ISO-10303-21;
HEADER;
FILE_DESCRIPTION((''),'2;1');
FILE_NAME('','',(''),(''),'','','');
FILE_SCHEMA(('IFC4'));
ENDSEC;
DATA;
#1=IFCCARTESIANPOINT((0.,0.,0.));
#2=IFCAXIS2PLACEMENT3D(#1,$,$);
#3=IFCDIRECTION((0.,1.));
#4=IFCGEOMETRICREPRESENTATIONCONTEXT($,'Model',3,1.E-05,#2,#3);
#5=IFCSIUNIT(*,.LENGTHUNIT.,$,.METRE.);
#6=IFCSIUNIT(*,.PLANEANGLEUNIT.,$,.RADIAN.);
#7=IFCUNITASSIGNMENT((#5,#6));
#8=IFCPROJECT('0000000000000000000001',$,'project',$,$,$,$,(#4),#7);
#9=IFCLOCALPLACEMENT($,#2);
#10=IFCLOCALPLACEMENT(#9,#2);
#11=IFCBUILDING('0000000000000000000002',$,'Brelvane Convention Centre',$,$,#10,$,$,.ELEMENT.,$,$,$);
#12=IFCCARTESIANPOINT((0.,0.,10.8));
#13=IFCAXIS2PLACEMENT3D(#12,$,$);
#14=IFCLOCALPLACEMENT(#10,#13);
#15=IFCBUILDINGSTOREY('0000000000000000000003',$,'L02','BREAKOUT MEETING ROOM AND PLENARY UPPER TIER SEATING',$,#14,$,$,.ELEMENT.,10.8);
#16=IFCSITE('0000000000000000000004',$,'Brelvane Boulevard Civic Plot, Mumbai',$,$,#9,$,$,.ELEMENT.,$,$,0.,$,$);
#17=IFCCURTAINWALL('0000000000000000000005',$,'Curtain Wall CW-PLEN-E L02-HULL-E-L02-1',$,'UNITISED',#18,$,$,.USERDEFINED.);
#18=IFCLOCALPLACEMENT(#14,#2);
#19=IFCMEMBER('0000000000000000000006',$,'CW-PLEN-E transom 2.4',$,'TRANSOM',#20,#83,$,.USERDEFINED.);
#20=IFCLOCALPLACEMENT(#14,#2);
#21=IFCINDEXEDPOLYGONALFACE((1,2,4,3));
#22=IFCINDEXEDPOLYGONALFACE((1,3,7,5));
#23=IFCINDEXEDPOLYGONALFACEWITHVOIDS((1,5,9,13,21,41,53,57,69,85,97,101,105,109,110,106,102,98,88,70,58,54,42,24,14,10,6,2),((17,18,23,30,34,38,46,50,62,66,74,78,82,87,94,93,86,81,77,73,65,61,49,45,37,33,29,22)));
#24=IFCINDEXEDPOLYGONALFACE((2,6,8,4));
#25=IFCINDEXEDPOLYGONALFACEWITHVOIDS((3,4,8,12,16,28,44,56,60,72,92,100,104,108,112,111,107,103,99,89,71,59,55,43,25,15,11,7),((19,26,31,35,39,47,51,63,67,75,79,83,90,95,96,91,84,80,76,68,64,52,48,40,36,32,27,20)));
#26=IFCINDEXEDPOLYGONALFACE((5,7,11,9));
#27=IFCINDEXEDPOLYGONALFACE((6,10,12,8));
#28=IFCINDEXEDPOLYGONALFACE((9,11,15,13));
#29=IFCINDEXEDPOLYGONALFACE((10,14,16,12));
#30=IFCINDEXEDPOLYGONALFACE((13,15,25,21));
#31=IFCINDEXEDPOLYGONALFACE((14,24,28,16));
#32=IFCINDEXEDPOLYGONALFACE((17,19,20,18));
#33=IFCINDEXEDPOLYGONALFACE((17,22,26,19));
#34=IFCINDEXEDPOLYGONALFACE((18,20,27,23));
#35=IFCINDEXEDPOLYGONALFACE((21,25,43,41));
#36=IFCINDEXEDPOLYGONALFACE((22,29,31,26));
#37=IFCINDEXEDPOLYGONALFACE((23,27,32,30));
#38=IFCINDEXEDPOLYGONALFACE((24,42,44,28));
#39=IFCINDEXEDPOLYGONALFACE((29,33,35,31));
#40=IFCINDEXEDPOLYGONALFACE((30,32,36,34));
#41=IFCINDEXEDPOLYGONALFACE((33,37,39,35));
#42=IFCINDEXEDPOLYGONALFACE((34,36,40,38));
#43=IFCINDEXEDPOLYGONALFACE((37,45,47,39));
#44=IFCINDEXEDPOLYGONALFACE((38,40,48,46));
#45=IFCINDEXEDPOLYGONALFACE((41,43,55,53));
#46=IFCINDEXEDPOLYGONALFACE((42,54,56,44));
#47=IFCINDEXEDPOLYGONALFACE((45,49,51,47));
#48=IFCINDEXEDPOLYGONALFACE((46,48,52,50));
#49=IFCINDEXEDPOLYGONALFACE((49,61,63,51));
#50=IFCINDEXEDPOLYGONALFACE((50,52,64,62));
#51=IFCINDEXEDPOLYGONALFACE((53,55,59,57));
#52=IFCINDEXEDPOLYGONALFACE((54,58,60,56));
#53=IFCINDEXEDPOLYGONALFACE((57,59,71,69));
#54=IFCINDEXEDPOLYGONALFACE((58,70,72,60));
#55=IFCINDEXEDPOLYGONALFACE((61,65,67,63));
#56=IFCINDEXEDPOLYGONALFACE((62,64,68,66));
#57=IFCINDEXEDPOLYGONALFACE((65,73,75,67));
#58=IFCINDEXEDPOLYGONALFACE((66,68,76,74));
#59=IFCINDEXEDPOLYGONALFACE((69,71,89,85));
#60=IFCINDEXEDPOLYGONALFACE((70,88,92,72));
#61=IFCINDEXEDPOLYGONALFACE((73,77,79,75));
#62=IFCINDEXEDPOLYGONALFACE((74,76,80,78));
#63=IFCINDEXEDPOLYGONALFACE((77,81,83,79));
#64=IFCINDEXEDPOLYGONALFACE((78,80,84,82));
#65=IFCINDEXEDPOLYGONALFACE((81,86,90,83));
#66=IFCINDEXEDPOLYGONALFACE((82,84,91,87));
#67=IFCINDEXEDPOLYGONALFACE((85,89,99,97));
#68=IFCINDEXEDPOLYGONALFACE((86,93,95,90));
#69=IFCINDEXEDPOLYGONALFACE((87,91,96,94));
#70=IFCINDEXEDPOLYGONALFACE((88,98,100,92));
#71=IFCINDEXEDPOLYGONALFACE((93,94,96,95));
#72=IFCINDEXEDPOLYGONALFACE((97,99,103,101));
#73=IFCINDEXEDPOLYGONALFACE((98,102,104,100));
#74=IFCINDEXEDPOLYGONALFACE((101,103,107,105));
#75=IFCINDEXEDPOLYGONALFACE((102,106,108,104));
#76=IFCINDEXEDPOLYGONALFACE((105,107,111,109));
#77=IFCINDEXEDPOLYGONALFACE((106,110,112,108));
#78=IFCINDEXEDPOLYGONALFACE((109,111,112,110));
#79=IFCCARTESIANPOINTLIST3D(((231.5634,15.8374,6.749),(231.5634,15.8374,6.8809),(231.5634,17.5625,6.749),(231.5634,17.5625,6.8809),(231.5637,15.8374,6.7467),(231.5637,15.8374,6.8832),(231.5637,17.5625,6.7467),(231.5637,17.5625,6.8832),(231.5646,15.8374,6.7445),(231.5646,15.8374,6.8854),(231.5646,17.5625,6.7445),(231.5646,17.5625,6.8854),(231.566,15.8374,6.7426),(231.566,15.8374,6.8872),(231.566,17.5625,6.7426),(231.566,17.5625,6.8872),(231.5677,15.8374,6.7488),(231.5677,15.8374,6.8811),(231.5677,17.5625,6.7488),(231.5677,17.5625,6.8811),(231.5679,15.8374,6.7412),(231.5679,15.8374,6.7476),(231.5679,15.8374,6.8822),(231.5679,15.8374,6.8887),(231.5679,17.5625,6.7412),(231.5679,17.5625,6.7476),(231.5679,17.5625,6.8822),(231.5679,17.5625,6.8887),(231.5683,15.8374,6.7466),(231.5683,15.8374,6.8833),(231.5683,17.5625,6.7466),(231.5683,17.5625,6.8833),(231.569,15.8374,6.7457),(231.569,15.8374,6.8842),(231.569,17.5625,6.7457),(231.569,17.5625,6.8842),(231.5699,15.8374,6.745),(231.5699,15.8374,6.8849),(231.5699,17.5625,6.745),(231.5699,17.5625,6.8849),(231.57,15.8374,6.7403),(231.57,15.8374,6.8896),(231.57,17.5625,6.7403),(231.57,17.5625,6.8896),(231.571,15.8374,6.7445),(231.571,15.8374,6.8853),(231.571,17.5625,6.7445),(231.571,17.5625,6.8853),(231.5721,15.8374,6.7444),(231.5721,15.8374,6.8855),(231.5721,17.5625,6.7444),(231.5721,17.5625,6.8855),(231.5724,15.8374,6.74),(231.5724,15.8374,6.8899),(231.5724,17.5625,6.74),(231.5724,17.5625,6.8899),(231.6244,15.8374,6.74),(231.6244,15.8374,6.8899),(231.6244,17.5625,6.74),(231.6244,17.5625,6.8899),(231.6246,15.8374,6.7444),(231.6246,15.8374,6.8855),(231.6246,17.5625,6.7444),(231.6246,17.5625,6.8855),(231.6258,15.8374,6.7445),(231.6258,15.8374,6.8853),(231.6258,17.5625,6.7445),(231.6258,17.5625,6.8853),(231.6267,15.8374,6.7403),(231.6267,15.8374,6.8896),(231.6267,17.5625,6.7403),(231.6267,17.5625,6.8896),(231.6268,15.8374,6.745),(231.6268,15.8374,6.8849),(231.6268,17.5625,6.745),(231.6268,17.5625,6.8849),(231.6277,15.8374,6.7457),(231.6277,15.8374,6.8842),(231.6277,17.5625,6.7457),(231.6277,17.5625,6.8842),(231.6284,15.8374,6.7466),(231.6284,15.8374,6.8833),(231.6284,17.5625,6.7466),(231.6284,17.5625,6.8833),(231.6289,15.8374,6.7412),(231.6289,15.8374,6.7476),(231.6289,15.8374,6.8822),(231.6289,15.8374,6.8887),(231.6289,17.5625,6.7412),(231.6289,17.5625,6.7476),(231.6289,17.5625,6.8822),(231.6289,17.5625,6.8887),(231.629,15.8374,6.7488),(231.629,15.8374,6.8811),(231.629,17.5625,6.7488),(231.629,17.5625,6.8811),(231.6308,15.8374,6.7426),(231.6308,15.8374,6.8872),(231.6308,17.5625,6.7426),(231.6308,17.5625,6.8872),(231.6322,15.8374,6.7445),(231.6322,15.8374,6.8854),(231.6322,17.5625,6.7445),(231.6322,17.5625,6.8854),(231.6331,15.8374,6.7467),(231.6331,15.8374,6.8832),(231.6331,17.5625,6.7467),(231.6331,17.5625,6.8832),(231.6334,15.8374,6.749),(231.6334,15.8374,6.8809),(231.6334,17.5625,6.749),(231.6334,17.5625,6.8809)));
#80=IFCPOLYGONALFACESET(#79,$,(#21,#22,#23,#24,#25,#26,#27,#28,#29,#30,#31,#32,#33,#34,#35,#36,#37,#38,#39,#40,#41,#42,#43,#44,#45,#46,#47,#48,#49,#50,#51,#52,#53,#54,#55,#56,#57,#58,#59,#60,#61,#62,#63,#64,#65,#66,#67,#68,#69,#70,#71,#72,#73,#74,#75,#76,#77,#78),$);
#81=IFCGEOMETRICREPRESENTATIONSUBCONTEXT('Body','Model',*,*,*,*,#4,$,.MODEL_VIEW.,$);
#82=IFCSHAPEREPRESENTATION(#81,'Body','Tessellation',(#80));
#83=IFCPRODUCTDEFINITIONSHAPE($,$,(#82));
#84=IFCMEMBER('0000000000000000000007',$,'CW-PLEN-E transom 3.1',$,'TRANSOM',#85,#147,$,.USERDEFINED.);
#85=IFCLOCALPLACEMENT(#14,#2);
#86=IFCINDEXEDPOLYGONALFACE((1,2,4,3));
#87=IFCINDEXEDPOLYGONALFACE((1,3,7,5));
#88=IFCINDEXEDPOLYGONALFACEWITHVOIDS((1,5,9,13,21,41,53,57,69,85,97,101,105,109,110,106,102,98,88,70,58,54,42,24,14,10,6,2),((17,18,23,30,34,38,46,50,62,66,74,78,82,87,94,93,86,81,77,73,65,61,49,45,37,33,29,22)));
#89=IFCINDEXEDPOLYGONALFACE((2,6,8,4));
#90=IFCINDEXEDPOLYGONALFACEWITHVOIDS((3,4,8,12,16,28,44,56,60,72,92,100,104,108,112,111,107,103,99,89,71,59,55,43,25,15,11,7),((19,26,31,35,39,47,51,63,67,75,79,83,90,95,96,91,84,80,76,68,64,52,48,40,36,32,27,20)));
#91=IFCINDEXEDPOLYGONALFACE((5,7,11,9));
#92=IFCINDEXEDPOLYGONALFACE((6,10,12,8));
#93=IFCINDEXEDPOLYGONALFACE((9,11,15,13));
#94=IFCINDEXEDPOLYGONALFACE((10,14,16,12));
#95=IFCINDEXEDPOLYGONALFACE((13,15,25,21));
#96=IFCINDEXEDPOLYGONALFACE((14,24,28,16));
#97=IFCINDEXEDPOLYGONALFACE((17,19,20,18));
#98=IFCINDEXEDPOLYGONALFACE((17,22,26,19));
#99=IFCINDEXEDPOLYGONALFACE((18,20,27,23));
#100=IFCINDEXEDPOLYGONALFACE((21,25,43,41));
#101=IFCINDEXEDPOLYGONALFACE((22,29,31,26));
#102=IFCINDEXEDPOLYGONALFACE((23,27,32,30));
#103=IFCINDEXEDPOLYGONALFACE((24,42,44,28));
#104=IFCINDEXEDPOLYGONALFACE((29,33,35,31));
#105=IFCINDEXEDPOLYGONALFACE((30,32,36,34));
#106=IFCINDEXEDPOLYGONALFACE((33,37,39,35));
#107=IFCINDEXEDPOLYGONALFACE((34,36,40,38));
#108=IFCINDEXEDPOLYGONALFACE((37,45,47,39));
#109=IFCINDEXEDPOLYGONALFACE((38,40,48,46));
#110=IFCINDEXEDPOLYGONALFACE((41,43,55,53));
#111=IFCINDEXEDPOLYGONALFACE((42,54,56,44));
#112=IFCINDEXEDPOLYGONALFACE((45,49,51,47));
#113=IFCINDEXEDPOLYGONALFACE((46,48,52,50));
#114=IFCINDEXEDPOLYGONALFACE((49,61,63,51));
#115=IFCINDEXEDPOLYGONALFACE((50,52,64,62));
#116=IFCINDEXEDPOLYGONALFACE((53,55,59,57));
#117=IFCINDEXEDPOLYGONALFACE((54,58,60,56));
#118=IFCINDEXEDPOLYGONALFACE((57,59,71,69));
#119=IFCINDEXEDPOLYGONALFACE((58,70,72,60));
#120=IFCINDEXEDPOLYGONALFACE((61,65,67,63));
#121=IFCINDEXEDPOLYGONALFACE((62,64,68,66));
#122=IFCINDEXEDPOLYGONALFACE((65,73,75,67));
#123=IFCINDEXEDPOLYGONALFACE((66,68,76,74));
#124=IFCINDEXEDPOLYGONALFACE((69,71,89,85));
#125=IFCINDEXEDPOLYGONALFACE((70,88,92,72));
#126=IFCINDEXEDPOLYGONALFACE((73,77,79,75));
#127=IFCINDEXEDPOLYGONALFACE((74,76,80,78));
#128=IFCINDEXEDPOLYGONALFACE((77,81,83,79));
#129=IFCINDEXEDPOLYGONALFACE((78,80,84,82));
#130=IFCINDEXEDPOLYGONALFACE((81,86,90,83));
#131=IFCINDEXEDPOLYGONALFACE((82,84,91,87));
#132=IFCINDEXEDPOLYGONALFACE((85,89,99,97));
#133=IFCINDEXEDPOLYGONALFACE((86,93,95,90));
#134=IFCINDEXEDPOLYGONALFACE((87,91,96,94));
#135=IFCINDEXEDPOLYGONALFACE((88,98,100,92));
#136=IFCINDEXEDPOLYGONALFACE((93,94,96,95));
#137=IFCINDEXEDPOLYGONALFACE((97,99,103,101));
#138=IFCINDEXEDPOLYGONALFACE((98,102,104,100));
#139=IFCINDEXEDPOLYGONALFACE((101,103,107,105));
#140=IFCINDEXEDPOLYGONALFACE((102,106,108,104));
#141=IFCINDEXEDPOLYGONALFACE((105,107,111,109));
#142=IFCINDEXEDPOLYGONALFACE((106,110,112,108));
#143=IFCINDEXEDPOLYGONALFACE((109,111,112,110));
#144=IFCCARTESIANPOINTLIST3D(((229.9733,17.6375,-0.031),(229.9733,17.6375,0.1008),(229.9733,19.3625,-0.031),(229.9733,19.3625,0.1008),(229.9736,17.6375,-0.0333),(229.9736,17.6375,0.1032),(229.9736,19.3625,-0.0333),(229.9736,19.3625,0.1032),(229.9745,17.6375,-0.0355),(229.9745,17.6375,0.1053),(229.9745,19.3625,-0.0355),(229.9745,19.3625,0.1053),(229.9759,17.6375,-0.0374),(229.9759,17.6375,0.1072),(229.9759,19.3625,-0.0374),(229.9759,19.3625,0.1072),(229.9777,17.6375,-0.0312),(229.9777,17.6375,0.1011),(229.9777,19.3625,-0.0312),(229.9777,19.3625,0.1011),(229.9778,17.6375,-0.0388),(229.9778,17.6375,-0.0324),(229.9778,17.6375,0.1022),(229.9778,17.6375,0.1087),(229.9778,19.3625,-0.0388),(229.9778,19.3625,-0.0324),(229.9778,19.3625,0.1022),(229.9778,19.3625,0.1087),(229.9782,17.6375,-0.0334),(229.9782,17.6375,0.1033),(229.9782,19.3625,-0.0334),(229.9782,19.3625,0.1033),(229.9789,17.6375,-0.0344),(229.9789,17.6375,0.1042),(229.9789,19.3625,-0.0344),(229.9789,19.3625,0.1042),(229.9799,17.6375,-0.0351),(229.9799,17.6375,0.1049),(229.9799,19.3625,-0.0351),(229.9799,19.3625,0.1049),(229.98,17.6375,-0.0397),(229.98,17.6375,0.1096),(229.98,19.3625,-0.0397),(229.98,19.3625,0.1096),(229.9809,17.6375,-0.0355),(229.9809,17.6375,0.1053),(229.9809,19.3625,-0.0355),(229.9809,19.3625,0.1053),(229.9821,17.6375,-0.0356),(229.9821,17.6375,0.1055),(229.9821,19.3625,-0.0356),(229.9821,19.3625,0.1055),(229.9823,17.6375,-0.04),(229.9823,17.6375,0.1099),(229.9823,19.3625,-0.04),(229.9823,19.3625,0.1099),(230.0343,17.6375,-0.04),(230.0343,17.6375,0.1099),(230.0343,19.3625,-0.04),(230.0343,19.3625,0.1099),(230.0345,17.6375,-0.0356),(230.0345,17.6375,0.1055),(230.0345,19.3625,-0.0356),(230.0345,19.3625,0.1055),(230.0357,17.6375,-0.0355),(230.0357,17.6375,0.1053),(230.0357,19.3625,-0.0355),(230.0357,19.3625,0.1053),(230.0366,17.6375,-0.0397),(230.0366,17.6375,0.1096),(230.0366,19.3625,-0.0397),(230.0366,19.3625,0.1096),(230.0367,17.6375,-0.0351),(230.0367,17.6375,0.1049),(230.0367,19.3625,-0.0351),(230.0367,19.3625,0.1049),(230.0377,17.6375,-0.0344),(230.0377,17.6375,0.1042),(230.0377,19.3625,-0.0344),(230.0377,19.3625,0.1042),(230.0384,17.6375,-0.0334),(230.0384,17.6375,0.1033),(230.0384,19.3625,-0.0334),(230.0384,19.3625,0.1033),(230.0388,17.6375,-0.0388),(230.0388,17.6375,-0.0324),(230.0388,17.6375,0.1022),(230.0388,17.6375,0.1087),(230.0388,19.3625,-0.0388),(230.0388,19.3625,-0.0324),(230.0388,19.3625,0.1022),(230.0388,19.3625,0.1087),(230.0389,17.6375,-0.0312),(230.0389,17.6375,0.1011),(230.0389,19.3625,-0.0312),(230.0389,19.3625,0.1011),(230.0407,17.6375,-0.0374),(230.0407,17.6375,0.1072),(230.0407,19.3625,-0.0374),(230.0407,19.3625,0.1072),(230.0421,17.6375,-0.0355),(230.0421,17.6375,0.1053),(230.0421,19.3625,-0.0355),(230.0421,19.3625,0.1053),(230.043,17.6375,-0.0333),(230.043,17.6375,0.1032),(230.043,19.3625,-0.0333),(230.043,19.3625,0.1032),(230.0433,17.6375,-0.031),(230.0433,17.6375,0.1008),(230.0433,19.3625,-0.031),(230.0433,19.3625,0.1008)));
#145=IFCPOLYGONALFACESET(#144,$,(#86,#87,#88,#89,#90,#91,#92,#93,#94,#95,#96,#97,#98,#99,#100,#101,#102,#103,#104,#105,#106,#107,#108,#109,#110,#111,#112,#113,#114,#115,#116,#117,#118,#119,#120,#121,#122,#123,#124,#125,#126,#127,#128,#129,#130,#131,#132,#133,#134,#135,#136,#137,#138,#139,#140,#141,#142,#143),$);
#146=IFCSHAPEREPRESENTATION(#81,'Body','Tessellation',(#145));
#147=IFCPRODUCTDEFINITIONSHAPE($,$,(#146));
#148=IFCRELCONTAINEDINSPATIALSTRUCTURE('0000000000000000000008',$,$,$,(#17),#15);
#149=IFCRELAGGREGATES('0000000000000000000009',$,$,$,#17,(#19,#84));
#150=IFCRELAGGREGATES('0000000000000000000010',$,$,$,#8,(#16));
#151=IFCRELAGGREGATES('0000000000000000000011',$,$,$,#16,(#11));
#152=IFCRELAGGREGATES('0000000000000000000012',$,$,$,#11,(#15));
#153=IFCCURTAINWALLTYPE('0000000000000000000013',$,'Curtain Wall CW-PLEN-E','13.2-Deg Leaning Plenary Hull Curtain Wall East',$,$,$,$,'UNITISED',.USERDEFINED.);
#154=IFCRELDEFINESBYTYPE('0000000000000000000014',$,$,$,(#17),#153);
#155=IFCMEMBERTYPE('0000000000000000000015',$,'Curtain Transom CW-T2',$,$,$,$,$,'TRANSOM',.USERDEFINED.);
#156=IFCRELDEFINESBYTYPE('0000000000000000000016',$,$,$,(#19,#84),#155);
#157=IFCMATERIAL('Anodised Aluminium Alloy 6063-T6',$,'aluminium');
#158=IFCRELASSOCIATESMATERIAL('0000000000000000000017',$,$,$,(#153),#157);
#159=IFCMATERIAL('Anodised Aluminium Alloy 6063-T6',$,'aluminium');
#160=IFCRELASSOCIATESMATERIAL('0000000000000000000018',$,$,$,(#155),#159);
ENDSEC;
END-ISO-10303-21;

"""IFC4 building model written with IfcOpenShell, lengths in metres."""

from ifc_helpers import new_model, si_unit, direction, frame, origin, origin_2d, place, context, subcontext, project, spatial, hollow_rectangle, extrude, material, material_profile, profile_set, type_object, element, aggregate, save


model = new_model("IFC4")

# Units and contexts
model_context = context("Model", 3, precision=1e-05, world=origin(), true_north=direction((0.0, 1.0)))
body_context = subcontext(model_context, "Body", "Model", "MODEL_VIEW")
ifc_project = project(units=[si_unit("LENGTHUNIT", "METRE"), si_unit("PLANEANGLEUNIT", "RADIAN")], contexts=[model_context])

# Site, building, storey
site_placement = place(None, origin())
site = spatial("IfcSite", under=ifc_project, at=site_placement, Name="Brelvane Boulevard Civic Plot, Mumbai", CompositionType="ELEMENT", RefElevation=0.0)
building_placement = place(site_placement, origin())
building = spatial("IfcBuilding", under=site, at=building_placement, Name="Brelvane Convention Centre", CompositionType="ELEMENT")
storey_placement = place(building_placement, frame((0.0, 0.0, 10.8)))
storey = spatial("IfcBuildingStorey", under=building, at=storey_placement, Name="L02", Description="BREAKOUT MEETING ROOM AND PLENARY UPPER TIER SEATING", CompositionType="ELEMENT", Elevation=10.8)

# Curtain wall, members
ifc_material_1 = material(Name="Anodised Aluminium Alloy 6063-T6", Category="aluminium")
curtain_wall_type = type_object("IfcCurtainWallType", Name="Curtain Wall CW-PLEN-E", Description="13.2-Deg Leaning Plenary Hull Curtain Wall East", ElementType="UNITISED", PredefinedType="USERDEFINED", material=ifc_material_1)
curtain_wall_placement = place(storey_placement, origin())
curtain_wall = element("IfcCurtainWall", 1, at=curtain_wall_placement, inside=storey, type_object=curtain_wall_type, Name="Curtain Wall CW-PLEN-E L02-HULL-E-L02-1", ObjectType="UNITISED", PredefinedType="USERDEFINED")
ifc_material_2 = material(Name="Anodised Aluminium Alloy 6063-T6", Category="aluminium")
ifc_material_profile_1 = material_profile(ifc_material_2, hollow_rectangle(XDim=0.0701, YDim=0.1499, WallThickness=0.0044, InnerFilletRadius=0.0044, OuterFilletRadius=0.009, at=origin_2d()), Name="ALU-T 150x70x4.5")
ifc_profile_set_1 = profile_set([ifc_material_profile_1], Name="Anodised Aluminium Alloy 6063-T6")
member_type_1 = type_object("IfcMemberType", Name="Curtain Transom CW-T2", ElementType="TRANSOM", PredefinedType="USERDEFINED", material=ifc_profile_set_1)
member_1_placement = place(storey_placement, frame((231.5984, 15.8374, 6.8149), z_axis=(0.0, 1.0, 0.0), x_axis=(-1.0, 0.0, 0.0)))
member_1 = element("IfcMember", 2, at=member_1_placement, type_object=member_type_1, Name="CW-PLEN-E transom 2.4", ObjectType="TRANSOM", PredefinedType="USERDEFINED", context=body_context, shape_type="SweptSolid", body=[
    extrude(hollow_rectangle(XDim=0.0701, YDim=0.1499, WallThickness=0.0044, InnerFilletRadius=0.0044, OuterFilletRadius=0.009, at=origin_2d()), origin(), (0.0, 0.0, 1.0), 1.7251),
])
member_2_placement = place(storey_placement, frame((230.0083, 17.6375, 0.0349), z_axis=(0.0, 1.0, 0.0), x_axis=(-1.0, 0.0, 0.0)))
member_2 = element("IfcMember", 3, at=member_2_placement, type_object=member_type_1, Name="CW-PLEN-E transom 3.1", ObjectType="TRANSOM", PredefinedType="USERDEFINED", context=body_context, shape_type="SweptSolid", body=[
    extrude(hollow_rectangle(XDim=0.0701, YDim=0.1499, WallThickness=0.0044, InnerFilletRadius=0.0044, OuterFilletRadius=0.009, at=origin_2d()), origin(), (0.0, 0.0, 1.0), 1.7251),
])
aggregate(curtain_wall, [member_1, member_2])

save(model, "model.ifc")
